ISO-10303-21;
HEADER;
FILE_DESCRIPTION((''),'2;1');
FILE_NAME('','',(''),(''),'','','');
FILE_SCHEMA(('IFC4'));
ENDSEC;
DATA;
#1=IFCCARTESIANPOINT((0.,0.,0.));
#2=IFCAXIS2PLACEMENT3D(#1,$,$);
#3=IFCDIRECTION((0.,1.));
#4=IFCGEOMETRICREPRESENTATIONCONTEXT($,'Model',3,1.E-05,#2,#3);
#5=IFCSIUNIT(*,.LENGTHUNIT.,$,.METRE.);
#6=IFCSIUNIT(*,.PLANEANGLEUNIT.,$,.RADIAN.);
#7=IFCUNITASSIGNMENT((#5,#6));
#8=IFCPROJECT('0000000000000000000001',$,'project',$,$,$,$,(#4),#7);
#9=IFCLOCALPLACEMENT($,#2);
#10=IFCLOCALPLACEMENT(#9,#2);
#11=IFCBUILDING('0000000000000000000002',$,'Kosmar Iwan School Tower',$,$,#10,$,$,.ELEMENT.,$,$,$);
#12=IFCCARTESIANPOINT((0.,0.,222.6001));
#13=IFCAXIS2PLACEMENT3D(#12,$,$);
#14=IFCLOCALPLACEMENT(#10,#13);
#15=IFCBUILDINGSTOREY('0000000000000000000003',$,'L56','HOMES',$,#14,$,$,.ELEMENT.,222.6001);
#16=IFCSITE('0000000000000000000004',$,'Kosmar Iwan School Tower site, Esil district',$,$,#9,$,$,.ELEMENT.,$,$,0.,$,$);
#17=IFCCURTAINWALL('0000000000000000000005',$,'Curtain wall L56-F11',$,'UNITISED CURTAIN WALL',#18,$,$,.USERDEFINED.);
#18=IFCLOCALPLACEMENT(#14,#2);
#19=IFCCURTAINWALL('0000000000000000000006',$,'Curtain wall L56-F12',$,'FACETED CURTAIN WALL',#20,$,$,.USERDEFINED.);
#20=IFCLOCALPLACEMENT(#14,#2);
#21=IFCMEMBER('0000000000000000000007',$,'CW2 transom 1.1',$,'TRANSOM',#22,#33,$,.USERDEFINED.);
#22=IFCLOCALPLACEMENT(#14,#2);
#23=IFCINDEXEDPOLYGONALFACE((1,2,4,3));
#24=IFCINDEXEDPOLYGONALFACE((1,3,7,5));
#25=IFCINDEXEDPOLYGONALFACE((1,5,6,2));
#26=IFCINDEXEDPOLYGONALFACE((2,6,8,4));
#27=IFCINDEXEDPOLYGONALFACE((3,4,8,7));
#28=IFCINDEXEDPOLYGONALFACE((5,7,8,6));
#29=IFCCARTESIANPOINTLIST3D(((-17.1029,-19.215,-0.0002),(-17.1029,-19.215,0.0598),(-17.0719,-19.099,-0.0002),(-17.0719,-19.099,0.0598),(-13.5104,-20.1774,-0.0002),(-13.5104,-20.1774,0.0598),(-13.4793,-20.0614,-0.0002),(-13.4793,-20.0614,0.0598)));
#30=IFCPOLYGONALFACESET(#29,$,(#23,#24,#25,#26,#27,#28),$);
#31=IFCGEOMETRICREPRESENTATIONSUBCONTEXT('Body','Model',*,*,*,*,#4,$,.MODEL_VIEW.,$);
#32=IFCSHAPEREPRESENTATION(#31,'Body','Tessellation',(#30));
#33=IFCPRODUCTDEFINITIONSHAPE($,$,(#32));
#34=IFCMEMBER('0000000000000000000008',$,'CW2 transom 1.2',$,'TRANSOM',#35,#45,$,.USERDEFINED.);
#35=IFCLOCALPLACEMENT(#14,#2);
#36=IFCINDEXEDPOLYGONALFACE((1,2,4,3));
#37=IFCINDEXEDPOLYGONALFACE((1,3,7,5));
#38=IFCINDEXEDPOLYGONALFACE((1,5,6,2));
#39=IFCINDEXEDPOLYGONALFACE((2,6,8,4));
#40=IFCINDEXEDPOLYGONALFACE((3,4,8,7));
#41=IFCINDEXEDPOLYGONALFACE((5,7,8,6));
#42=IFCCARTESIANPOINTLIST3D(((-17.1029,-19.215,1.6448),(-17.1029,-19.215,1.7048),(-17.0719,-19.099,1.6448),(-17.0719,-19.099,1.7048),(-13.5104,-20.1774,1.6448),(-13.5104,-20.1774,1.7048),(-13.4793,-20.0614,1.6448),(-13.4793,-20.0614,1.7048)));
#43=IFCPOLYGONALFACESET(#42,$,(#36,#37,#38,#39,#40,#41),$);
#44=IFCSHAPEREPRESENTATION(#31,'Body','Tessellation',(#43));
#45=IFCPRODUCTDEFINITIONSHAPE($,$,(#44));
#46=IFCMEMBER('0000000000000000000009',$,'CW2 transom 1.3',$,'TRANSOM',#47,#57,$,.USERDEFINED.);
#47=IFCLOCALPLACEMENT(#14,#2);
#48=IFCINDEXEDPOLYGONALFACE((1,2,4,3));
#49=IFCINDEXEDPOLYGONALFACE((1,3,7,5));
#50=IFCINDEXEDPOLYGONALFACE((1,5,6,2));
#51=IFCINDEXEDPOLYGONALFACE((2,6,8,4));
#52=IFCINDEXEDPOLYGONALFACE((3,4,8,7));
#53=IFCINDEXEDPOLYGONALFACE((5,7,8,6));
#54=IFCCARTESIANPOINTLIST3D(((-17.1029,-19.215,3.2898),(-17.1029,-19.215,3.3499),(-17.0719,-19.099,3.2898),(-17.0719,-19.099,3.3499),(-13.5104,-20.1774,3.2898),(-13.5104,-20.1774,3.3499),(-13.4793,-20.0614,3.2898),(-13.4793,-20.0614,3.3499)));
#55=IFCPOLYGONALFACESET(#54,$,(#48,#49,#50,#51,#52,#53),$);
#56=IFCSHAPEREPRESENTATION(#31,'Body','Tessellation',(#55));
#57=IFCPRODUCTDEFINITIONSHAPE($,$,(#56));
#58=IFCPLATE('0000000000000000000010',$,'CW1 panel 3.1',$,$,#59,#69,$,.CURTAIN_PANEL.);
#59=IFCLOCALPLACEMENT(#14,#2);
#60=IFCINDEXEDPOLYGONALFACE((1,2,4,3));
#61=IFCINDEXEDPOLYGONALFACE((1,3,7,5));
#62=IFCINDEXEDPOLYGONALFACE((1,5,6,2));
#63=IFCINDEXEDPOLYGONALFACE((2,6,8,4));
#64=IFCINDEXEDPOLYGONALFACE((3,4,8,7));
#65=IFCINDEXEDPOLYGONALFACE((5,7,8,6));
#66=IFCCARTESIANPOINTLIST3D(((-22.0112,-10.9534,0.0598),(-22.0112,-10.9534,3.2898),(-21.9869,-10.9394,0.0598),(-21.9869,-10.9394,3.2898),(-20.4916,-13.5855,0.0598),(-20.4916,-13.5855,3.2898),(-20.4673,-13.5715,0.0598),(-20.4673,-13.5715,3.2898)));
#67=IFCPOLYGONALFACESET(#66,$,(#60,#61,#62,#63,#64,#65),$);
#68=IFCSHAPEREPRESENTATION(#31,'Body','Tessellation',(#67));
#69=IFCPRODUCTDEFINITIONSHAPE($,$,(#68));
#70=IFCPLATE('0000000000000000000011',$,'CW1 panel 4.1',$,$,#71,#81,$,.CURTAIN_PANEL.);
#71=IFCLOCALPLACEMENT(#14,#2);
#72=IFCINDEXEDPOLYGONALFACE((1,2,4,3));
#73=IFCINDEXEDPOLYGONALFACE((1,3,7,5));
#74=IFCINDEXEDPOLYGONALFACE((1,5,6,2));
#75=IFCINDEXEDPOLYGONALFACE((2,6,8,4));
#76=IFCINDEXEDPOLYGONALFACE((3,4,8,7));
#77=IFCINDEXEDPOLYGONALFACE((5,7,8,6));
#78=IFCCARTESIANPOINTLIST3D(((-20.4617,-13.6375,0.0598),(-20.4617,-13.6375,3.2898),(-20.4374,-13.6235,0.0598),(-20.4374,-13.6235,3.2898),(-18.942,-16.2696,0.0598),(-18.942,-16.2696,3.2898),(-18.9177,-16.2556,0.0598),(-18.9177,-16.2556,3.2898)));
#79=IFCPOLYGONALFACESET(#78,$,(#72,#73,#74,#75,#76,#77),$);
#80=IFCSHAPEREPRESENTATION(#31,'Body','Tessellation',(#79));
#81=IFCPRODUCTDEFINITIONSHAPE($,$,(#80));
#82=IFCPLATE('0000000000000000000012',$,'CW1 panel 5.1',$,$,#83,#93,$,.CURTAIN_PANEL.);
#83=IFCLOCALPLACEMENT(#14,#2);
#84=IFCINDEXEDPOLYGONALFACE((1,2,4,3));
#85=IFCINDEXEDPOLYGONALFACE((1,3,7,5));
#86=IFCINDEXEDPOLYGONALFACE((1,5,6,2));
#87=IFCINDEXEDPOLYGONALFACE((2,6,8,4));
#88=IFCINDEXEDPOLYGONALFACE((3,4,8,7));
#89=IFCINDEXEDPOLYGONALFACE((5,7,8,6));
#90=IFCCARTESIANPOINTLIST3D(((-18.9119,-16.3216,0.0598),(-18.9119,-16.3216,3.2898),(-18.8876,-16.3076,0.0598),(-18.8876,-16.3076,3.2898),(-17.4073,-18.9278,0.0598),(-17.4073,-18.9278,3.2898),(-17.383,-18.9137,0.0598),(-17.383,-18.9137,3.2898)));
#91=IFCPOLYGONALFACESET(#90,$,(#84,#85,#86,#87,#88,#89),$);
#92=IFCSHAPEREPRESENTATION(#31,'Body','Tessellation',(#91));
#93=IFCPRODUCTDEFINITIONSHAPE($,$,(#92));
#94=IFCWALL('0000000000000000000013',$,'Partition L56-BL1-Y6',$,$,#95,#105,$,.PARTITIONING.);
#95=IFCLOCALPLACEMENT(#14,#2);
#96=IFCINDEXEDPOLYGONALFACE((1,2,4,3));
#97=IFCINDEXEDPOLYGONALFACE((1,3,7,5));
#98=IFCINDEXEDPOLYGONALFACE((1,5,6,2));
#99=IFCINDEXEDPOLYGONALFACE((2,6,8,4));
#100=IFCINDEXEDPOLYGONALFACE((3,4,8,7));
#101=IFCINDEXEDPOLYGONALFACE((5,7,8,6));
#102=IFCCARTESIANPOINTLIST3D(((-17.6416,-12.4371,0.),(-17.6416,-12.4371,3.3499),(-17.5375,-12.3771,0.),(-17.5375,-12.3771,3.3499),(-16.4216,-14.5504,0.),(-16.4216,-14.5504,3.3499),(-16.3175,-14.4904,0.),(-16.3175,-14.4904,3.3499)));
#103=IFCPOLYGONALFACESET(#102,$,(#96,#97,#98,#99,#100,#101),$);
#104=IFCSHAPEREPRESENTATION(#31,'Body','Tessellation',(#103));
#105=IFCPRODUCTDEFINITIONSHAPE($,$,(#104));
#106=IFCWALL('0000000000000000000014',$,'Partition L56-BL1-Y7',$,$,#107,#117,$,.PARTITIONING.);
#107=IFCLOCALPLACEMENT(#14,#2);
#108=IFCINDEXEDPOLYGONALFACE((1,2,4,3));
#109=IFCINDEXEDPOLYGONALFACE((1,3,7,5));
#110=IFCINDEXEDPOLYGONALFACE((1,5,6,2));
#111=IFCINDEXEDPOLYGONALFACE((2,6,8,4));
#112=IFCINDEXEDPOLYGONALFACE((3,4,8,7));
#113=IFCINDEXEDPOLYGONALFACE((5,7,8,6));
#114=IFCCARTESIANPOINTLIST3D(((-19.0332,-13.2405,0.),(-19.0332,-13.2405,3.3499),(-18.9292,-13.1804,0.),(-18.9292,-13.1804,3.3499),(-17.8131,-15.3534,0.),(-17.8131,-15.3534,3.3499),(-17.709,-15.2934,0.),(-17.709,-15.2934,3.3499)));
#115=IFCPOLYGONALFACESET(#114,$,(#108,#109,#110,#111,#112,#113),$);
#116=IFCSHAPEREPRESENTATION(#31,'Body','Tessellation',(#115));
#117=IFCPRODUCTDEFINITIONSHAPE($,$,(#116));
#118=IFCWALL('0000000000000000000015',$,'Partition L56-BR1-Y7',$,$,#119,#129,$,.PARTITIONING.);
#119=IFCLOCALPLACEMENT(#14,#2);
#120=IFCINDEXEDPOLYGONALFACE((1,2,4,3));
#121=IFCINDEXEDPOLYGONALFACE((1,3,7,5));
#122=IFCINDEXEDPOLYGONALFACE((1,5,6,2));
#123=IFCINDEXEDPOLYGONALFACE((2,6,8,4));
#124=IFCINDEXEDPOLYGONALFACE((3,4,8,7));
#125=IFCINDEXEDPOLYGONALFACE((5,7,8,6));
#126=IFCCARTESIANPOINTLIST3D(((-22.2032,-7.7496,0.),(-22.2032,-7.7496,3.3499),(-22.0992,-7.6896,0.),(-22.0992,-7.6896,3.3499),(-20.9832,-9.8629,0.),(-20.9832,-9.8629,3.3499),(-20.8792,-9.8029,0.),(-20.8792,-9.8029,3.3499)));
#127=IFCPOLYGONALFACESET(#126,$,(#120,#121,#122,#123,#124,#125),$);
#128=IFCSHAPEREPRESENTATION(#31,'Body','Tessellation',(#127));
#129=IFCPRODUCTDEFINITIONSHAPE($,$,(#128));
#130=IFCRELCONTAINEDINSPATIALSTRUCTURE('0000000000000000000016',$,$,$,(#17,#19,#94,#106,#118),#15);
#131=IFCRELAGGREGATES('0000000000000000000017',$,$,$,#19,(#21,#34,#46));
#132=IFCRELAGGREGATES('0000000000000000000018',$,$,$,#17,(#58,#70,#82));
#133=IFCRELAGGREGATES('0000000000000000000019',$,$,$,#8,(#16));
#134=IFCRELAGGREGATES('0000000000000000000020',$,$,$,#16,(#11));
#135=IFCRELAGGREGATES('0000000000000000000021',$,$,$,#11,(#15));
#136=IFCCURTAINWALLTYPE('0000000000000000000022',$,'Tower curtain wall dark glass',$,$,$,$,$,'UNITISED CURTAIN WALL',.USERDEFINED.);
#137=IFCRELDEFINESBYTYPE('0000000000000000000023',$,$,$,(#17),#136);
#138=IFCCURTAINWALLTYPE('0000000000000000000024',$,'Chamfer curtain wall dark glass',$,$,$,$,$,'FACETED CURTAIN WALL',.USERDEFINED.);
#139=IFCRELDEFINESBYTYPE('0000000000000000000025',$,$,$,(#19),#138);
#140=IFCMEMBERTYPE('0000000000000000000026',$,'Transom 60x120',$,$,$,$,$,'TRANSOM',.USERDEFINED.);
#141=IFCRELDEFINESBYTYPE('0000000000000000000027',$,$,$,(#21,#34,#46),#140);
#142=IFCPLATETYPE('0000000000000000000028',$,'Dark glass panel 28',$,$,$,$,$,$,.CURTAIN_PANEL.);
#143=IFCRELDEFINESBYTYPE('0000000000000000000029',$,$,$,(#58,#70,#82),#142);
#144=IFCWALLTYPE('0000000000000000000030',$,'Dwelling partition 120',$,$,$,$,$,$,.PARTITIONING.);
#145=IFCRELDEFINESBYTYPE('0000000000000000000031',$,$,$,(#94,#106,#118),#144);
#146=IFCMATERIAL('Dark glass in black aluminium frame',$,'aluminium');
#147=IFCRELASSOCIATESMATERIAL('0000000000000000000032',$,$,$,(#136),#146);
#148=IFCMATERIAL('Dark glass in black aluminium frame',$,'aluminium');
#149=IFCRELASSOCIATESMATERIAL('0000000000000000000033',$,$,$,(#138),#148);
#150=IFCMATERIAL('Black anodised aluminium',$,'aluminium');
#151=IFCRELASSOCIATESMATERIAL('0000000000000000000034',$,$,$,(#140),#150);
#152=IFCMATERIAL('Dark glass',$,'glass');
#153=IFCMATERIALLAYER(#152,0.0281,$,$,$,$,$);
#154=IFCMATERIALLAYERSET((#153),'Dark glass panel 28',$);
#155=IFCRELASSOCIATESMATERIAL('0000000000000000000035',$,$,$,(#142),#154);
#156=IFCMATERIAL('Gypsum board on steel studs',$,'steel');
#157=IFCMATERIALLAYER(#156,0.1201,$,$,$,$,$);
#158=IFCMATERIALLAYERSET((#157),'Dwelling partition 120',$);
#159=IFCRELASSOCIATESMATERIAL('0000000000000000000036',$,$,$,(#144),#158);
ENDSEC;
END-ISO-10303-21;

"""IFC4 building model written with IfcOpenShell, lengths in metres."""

from ifc_helpers import new_model, si_unit, direction, frame, frame_2d, origin, origin_2d, place, context, subcontext, project, spatial, rectangle, extrude, material, layer, layer_set, material_profile, profile_set, type_object, element, aggregate, save


model = new_model("IFC4")

# Units and contexts
model_context = context("Model", 3, precision=1e-05, world=origin(), true_north=direction((0.0, 1.0)))
body_context = subcontext(model_context, "Body", "Model", "MODEL_VIEW")
ifc_project = project(units=[si_unit("LENGTHUNIT", "METRE"), si_unit("PLANEANGLEUNIT", "RADIAN")], contexts=[model_context])

# Site, building, storey
site_placement = place(None, origin())
site = spatial("IfcSite", under=ifc_project, at=site_placement, Name="Kosmar Iwan School Tower site, Esil district", CompositionType="ELEMENT", RefElevation=0.0)
building_placement = place(site_placement, origin())
building = spatial("IfcBuilding", under=site, at=building_placement, Name="Kosmar Iwan School Tower", CompositionType="ELEMENT")
storey_placement = place(building_placement, frame((0.0, 0.0, 222.6001)))
storey = spatial("IfcBuildingStorey", under=building, at=storey_placement, Name="L56", Description="HOMES", CompositionType="ELEMENT", Elevation=222.6001)

# Curtain wall
ifc_material_1 = material(Name="Dark glass in black aluminium frame", Category="aluminium")
curtain_wall_type_1 = type_object("IfcCurtainWallType", Name="Tower curtain wall dark glass", ElementType="UNITISED CURTAIN WALL", PredefinedType="USERDEFINED", material=ifc_material_1)
curtain_wall_1_placement = place(storey_placement, origin())
curtain_wall_1 = element("IfcCurtainWall", 1, at=curtain_wall_1_placement, inside=storey, type_object=curtain_wall_type_1, Name="Curtain wall L56-F11", ObjectType="UNITISED CURTAIN WALL", PredefinedType="USERDEFINED")

# Curtain wall
ifc_material_2 = material(Name="Dark glass in black aluminium frame", Category="aluminium")
curtain_wall_type_2 = type_object("IfcCurtainWallType", Name="Chamfer curtain wall dark glass", ElementType="FACETED CURTAIN WALL", PredefinedType="USERDEFINED", material=ifc_material_2)
curtain_wall_2_placement = place(storey_placement, origin())
curtain_wall_2 = element("IfcCurtainWall", 2, at=curtain_wall_2_placement, inside=storey, type_object=curtain_wall_type_2, Name="Curtain wall L56-F12", ObjectType="FACETED CURTAIN WALL", PredefinedType="USERDEFINED")

# Members
ifc_material_3 = material(Name="Black anodised aluminium", Category="aluminium")
ifc_material_profile_1 = material_profile(ifc_material_3, rectangle(XDim=0.1201, YDim=0.0601, at=origin_2d()), Name="TRANSOM 60x120")
ifc_profile_set_1 = profile_set([ifc_material_profile_1], Name="Black anodised aluminium")
member_type_1 = type_object("IfcMemberType", Name="Transom 60x120", ElementType="TRANSOM", PredefinedType="USERDEFINED", material=ifc_profile_set_1)
member_1_placement = place(storey_placement, frame((-17.0874, -19.157, 0.0298), z_axis=(0.96594, -0.258766, 0.0), x_axis=(0.258766, 0.96594, 0.0)))
member_1 = element("IfcMember", 3, at=member_1_placement, type_object=member_type_1, Name="CW2 transom 1.1", ObjectType="TRANSOM", PredefinedType="USERDEFINED", context=body_context, shape_type="SweptSolid", body=[
    extrude(rectangle(XDim=0.1201, YDim=0.0601, at=origin_2d()), origin(), (0.0, 0.0, 1.0), 3.7192),
])
member_2_placement = place(storey_placement, frame((-17.0874, -19.157, 1.6748), z_axis=(0.96594, -0.258766, 0.0), x_axis=(0.258766, 0.96594, 0.0)))
member_2 = element("IfcMember", 4, at=member_2_placement, type_object=member_type_1, Name="CW2 transom 1.2", ObjectType="TRANSOM", PredefinedType="USERDEFINED", context=body_context, shape_type="SweptSolid", body=[
    extrude(rectangle(XDim=0.1201, YDim=0.0601, at=origin_2d()), origin(), (0.0, 0.0, 1.0), 3.7192),
])
member_3_placement = place(storey_placement, frame((-17.0874, -19.157, 3.3198), z_axis=(0.96594, -0.258766, 0.0), x_axis=(0.258766, 0.96594, 0.0)))
member_3 = element("IfcMember", 5, at=member_3_placement, type_object=member_type_1, Name="CW2 transom 1.3", ObjectType="TRANSOM", PredefinedType="USERDEFINED", context=body_context, shape_type="SweptSolid", body=[
    extrude(rectangle(XDim=0.1201, YDim=0.0601, at=origin_2d()), origin(), (0.0, 0.0, 1.0), 3.7192),
])
aggregate(curtain_wall_2, [member_1, member_2, member_3])

# Plates
ifc_material_4 = material(Name="Dark glass", Category="glass")
ifc_layer_1 = layer(ifc_material_4, 0.0281)
ifc_layer_set_1 = layer_set([ifc_layer_1], Name="Dark glass panel 28")
plate_type = type_object("IfcPlateType", Name="Dark glass panel 28", PredefinedType="CURTAIN_PANEL", material=ifc_layer_set_1)
plate_1_placement = place(storey_placement, frame((-21.2393, -12.2625, 0.0598), z_axis=(0.0, 0.0, 1.0), x_axis=(0.5, -0.866025, 0.0)))
plate_1 = element("IfcPlate", 6, at=plate_1_placement, type_object=plate_type, Name="CW1 panel 3.1", PredefinedType="CURTAIN_PANEL", context=body_context, shape_type="SweptSolid", body=[
    extrude(rectangle(XDim=3.0393, YDim=0.0281, at=origin_2d()), origin(), (0.0, 0.0, 1.0), 3.23),
])
plate_2_placement = place(storey_placement, frame((-19.6897, -14.9465, 0.0598), z_axis=(0.0, 0.0, 1.0), x_axis=(0.5, -0.866025, 0.0)))
plate_2 = element("IfcPlate", 7, at=plate_2_placement, type_object=plate_type, Name="CW1 panel 4.1", PredefinedType="CURTAIN_PANEL", context=body_context, shape_type="SweptSolid", body=[
    extrude(rectangle(XDim=3.0393, YDim=0.0281, at=origin_2d()), origin(), (0.0, 0.0, 1.0), 3.23),
])
plate_3_placement = place(storey_placement, frame((-18.1475, -17.6177, 0.0598), z_axis=(0.0, 0.0, 1.0), x_axis=(0.5, -0.866025, 0.0)))
plate_3 = element("IfcPlate", 8, at=plate_3_placement, type_object=plate_type, Name="CW1 panel 5.1", PredefinedType="CURTAIN_PANEL", context=body_context, shape_type="SweptSolid", body=[
    extrude(rectangle(XDim=3.0093, YDim=0.0281, at=origin_2d()), origin(), (0.0, 0.0, 1.0), 3.23),
])
aggregate(curtain_wall_1, [plate_1, plate_2, plate_3])

# Walls
ifc_material_5 = material(Name="Gypsum board on steel studs", Category="steel")
ifc_layer_2 = layer(ifc_material_5, 0.1201)
ifc_layer_set_2 = layer_set([ifc_layer_2], Name="Dwelling partition 120")
wall_type = type_object("IfcWallType", Name="Dwelling partition 120", PredefinedType="PARTITIONING", material=ifc_layer_set_2)
wall_1_placement = place(storey_placement, frame((-17.5896, -12.407, 0.0), z_axis=(0.0, 0.0, 1.0), x_axis=(0.499959, -0.866049, 0.0)))
element("IfcWall", 9, at=wall_1_placement, inside=storey, type_object=wall_type, Name="Partition L56-BL1-Y6", PredefinedType="PARTITIONING", context=body_context, shape_type="SweptSolid", body=[
    extrude(rectangle(XDim=2.4402, YDim=0.1201, at=frame_2d((1.2202, 0.0))), origin(), (0.0, 0.0, 1.0), 3.3499),
])
wall_2_placement = place(storey_placement, frame((-18.9812, -13.2104, 0.0), z_axis=(0.0, 0.0, 1.0), x_axis=(0.500078, -0.865981, 0.0)))
element("IfcWall", 10, at=wall_2_placement, inside=storey, type_object=wall_type, Name="Partition L56-BL1-Y7", PredefinedType="PARTITIONING", context=body_context, shape_type="SweptSolid", body=[
    extrude(rectangle(XDim=2.4399, YDim=0.1201, at=frame_2d((1.22, 0.0))), origin(), (0.0, 0.0, 1.0), 3.3499),
])
wall_3_placement = place(storey_placement, frame((-20.9312, -9.833, 0.0), z_axis=(0.0, 0.0, 1.0), x_axis=(-0.499959, 0.866049, 0.0)))
element("IfcWall", 11, at=wall_3_placement, inside=storey, type_object=wall_type, Name="Partition L56-BR1-Y7", PredefinedType="PARTITIONING", context=body_context, shape_type="SweptSolid", body=[
    extrude(rectangle(XDim=2.4402, YDim=0.1201, at=frame_2d((1.2202, 0.0))), origin(), (0.0, 0.0, 1.0), 3.3499),
])

save(model, "model.ifc")
